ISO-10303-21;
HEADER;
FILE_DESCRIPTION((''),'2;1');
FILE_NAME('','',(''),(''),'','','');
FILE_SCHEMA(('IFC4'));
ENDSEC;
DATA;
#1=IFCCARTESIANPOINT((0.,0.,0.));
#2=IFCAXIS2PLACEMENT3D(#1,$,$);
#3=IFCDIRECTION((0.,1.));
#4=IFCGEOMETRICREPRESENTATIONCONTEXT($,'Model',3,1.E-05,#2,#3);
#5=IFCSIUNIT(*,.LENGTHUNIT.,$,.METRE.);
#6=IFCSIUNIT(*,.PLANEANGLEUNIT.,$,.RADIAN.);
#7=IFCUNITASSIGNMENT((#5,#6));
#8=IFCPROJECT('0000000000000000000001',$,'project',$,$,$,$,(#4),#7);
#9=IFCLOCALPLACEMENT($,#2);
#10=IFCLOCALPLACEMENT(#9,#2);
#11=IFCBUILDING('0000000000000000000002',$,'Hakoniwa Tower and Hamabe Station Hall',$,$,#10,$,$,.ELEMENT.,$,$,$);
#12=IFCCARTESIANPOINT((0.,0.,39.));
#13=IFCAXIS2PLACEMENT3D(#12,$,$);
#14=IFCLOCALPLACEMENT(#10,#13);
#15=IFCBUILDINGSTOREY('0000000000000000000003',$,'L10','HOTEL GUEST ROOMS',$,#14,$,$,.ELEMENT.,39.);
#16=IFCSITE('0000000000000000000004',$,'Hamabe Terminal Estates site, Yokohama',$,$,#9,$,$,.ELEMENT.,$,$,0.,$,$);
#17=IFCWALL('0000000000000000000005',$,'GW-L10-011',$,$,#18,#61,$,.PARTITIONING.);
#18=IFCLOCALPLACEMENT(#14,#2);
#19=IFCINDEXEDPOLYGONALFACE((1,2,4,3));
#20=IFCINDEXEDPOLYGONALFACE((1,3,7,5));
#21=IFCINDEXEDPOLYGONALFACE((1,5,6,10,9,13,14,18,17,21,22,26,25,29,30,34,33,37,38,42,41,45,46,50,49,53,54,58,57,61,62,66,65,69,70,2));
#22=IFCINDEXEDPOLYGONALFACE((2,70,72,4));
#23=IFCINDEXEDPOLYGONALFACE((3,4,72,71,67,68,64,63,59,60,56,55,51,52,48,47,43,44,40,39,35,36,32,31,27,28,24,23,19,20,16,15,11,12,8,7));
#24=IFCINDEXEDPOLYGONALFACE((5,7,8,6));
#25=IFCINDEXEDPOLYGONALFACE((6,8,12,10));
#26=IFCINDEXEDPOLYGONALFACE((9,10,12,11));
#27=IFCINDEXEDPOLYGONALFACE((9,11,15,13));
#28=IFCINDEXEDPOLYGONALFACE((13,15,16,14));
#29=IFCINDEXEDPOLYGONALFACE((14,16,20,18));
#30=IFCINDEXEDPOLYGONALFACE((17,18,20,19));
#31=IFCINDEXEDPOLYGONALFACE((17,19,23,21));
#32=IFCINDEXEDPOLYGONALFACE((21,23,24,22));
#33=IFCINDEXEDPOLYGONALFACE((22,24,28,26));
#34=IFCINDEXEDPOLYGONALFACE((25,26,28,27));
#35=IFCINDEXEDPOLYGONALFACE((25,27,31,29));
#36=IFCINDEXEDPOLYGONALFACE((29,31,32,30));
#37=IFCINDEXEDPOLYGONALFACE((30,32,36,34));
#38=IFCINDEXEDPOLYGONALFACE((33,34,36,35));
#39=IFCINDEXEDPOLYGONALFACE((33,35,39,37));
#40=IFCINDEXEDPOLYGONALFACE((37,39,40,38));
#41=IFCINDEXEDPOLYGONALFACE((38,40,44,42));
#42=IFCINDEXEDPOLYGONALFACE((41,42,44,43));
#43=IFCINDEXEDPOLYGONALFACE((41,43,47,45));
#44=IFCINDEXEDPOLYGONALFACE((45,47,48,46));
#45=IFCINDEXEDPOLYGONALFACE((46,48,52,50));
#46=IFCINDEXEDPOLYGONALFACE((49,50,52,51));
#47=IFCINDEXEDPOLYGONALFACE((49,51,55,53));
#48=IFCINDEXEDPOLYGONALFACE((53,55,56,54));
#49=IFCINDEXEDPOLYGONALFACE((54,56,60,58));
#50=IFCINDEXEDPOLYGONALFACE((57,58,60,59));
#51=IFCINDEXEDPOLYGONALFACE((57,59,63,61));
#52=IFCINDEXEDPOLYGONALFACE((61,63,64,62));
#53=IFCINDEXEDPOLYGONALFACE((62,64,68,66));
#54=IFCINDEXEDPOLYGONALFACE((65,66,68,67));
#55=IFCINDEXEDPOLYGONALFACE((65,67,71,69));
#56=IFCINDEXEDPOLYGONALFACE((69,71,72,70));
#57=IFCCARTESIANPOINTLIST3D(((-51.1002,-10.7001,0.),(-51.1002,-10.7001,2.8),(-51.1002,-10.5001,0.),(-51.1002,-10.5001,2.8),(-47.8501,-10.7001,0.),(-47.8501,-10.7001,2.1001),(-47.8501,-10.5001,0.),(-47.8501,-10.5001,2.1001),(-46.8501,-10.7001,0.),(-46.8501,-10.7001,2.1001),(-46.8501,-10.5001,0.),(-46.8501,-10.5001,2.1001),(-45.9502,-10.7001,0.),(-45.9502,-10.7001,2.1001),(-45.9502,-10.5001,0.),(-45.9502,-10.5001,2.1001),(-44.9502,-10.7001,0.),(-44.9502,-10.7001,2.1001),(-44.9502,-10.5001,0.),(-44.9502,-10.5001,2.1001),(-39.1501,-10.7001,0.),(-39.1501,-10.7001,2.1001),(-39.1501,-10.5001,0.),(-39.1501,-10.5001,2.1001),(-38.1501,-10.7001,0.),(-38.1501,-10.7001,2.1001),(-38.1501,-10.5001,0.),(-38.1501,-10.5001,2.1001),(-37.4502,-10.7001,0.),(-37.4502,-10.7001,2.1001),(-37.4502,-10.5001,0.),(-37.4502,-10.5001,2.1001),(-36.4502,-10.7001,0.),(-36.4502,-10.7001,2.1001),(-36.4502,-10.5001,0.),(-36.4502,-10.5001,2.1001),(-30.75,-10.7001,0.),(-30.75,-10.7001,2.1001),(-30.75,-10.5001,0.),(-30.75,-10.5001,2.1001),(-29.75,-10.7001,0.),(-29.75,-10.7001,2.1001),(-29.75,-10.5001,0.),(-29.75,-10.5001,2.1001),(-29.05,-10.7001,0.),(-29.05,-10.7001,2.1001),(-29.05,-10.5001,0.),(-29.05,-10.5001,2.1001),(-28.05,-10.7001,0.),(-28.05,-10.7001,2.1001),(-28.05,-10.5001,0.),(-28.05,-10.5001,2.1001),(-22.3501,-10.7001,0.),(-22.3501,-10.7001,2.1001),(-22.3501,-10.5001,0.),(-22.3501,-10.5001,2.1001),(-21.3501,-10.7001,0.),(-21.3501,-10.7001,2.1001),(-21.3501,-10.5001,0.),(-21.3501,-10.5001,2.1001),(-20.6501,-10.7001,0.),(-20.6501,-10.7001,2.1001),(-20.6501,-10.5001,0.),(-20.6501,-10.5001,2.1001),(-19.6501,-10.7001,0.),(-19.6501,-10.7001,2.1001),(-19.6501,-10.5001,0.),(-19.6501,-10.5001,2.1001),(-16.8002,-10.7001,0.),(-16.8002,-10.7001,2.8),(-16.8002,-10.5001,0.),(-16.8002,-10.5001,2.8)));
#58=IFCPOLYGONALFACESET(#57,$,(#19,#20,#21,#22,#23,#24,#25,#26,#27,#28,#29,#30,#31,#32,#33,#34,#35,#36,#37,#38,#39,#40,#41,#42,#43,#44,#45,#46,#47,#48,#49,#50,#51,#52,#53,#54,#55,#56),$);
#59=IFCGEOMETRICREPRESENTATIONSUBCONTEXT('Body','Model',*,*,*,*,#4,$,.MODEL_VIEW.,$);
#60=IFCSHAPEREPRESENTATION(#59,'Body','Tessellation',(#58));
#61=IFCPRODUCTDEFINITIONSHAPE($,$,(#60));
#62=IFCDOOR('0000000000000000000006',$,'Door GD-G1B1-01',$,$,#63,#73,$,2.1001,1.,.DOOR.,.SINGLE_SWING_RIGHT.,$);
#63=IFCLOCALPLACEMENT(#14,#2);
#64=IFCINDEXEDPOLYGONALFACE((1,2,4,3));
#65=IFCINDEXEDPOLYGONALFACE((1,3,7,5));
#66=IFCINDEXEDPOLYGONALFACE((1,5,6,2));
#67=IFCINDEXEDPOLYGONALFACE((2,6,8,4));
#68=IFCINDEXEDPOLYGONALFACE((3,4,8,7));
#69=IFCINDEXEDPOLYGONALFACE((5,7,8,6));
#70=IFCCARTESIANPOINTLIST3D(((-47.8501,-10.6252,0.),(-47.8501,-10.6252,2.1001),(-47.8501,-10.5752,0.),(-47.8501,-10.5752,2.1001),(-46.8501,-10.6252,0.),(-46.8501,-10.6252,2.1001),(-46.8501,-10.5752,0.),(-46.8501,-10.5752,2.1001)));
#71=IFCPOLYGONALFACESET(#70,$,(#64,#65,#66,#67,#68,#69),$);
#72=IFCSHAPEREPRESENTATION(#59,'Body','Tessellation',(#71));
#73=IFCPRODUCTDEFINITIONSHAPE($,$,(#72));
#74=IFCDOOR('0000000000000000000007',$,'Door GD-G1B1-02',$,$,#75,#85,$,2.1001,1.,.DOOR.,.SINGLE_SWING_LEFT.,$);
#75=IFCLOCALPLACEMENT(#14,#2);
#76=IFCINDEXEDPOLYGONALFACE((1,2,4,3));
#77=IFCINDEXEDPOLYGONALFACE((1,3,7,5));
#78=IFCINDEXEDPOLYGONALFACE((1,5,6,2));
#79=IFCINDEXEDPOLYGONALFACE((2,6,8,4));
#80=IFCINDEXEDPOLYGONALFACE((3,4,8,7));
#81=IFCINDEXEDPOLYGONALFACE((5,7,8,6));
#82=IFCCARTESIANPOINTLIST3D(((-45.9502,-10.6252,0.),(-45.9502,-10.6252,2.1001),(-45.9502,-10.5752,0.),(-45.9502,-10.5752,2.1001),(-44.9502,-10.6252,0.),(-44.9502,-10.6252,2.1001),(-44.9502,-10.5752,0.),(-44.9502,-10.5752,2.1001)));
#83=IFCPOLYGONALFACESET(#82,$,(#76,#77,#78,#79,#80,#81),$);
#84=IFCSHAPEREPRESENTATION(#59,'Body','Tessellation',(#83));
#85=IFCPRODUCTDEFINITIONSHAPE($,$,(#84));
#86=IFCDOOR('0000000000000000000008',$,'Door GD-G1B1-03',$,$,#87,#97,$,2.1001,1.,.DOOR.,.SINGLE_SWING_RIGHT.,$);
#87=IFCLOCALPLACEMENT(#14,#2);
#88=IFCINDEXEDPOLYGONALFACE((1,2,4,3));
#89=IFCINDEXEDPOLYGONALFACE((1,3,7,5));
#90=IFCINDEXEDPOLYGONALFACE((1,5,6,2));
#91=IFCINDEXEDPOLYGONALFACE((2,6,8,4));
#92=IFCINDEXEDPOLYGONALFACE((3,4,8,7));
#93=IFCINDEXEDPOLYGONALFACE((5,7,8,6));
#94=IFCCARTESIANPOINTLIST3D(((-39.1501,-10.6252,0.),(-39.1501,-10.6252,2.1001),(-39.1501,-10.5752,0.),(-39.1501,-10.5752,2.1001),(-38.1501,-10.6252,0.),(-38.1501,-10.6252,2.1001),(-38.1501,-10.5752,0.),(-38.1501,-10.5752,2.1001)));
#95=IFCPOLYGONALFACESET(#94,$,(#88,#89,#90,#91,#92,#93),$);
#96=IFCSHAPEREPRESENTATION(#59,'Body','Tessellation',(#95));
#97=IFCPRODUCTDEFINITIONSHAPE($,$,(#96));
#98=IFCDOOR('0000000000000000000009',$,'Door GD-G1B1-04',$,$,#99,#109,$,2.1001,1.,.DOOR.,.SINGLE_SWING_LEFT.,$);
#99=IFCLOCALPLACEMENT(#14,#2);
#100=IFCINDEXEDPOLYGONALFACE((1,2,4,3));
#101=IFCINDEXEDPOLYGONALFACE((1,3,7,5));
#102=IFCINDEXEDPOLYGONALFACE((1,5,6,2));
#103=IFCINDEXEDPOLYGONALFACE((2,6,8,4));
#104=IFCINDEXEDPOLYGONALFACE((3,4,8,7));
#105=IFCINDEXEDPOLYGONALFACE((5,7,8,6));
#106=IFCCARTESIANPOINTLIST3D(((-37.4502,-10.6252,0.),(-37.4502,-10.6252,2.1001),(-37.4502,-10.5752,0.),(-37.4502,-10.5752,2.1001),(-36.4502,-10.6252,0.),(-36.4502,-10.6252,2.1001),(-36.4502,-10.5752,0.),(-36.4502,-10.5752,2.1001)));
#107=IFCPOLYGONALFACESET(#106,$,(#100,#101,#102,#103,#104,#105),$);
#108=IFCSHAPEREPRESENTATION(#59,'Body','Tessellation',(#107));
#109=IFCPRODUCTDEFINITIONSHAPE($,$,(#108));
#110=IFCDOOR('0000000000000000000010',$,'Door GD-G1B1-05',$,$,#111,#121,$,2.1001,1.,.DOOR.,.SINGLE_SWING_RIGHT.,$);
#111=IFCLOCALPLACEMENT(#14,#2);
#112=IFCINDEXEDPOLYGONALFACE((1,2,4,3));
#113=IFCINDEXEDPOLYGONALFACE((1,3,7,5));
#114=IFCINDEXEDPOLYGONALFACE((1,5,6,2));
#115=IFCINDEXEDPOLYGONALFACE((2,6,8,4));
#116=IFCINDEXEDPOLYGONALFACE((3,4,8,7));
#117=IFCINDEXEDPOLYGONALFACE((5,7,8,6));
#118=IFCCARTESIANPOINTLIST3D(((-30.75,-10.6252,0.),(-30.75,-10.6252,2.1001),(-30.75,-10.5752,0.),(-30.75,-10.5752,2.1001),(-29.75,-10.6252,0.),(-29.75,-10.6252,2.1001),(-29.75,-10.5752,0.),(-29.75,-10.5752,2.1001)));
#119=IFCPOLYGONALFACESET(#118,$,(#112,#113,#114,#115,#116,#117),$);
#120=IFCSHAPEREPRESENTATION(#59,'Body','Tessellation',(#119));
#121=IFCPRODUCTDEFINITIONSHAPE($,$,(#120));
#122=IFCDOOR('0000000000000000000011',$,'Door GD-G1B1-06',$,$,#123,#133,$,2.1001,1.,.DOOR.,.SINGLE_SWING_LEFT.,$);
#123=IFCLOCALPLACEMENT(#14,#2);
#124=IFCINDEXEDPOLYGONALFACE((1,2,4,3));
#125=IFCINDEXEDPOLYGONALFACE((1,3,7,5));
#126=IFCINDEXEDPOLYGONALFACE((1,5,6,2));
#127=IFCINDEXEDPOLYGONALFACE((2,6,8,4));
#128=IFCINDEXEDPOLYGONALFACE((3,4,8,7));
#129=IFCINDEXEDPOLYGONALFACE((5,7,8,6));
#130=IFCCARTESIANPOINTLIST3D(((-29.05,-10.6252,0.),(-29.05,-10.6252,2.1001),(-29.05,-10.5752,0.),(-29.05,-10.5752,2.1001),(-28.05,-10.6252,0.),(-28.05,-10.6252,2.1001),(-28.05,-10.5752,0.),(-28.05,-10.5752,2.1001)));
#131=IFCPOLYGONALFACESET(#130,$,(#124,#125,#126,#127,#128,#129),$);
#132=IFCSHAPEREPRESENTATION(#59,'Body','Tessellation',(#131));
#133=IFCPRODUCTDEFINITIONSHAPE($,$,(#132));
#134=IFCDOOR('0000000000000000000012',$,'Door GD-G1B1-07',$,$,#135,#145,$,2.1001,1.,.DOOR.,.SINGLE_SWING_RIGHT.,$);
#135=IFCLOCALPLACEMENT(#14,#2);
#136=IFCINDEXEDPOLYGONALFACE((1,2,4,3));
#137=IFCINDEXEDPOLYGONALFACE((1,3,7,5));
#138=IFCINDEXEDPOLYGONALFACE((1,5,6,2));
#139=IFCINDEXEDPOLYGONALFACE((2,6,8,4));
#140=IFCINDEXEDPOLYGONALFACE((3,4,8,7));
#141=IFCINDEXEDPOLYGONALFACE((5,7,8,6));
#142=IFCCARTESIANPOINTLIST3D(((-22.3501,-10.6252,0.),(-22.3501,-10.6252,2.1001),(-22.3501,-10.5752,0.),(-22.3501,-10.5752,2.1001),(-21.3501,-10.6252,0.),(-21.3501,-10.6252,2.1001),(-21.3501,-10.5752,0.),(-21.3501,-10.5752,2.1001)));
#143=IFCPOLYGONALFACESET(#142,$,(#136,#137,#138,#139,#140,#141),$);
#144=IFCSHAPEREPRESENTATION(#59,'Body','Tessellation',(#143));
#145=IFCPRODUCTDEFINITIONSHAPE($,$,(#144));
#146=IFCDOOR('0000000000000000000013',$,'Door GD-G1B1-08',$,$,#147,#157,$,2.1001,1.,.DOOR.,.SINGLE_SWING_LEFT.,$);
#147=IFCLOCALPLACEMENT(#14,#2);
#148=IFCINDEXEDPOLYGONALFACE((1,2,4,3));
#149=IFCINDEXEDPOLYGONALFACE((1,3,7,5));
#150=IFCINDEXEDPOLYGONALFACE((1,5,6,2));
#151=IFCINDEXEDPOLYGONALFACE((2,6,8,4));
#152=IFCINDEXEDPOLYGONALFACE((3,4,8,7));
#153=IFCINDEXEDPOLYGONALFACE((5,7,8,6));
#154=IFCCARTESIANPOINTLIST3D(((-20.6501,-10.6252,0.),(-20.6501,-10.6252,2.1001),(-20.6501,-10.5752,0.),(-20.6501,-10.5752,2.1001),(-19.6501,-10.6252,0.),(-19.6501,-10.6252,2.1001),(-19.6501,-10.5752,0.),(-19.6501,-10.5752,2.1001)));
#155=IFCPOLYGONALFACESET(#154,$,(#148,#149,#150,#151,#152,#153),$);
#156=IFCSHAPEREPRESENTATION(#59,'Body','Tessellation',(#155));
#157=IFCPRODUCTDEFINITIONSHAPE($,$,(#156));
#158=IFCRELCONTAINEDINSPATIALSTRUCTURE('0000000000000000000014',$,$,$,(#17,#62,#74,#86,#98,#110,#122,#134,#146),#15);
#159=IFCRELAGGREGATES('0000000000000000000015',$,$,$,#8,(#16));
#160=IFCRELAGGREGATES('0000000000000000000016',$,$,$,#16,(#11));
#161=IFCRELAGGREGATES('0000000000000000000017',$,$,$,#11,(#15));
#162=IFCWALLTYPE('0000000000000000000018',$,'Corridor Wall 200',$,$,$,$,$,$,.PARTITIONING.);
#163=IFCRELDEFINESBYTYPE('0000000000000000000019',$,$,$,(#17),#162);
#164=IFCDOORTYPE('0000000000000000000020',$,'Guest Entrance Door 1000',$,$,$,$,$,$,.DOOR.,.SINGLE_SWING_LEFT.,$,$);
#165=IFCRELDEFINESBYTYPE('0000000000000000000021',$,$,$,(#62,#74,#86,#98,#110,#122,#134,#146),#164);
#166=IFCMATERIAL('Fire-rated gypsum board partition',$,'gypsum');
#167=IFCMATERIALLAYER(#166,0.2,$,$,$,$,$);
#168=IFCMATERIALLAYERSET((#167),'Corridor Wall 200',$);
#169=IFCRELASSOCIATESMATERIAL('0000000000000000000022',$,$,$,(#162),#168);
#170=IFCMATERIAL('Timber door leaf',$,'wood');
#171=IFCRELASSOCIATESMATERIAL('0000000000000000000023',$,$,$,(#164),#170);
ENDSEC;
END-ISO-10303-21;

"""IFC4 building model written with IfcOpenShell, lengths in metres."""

from ifc_helpers import new_model, si_unit, direction, frame, frame_2d, origin, place, context, subcontext, project, spatial, rectangle, extrude, material, layer, layer_set, type_object, element, fill, save


model = new_model("IFC4")

# Units and contexts
model_context = context("Model", 3, precision=1e-05, world=origin(), true_north=direction((0.0, 1.0)))
body_context = subcontext(model_context, "Body", "Model", "MODEL_VIEW")
ifc_project = project(units=[si_unit("LENGTHUNIT", "METRE"), si_unit("PLANEANGLEUNIT", "RADIAN")], contexts=[model_context])

# Site, building, storey
site_placement = place(None, origin())
site = spatial("IfcSite", under=ifc_project, at=site_placement, Name="Hamabe Terminal Estates site, Yokohama", CompositionType="ELEMENT", RefElevation=0.0)
building_placement = place(site_placement, origin())
building = spatial("IfcBuilding", under=site, at=building_placement, Name="Hakoniwa Tower and Hamabe Station Hall", CompositionType="ELEMENT")
storey_placement = place(building_placement, frame((0.0, 0.0, 39.0)))
storey = spatial("IfcBuildingStorey", under=building, at=storey_placement, Name="L10", Description="HOTEL GUEST ROOMS", CompositionType="ELEMENT", Elevation=39.0)

# Wall, openings, doors
ifc_material_1 = material(Name="Fire-rated gypsum board partition", Category="gypsum")
ifc_layer_1 = layer(ifc_material_1, 0.2)
ifc_layer_set_1 = layer_set([ifc_layer_1], Name="Corridor Wall 200")
wall_type_1 = type_object("IfcWallType", Name="Corridor Wall 200", PredefinedType="PARTITIONING", material=ifc_layer_set_1)
wall_1_placement = place(storey_placement, frame((-51.1001, -10.6001, 0.0), z_axis=(0.0, 0.0, 1.0), x_axis=(1.0, 0.0, 0.0)))
wall_1 = element("IfcWall", 1, at=wall_1_placement, inside=storey, type_object=wall_type_1, Name="GW-L10-011", PredefinedType="PARTITIONING", context=body_context, shape_type="SweptSolid", body=[
    extrude(rectangle(XDim=34.3, YDim=0.2, at=frame_2d((17.1499, 0.0))), origin(), (0.0, 0.0, 1.0), 2.8),
])
opening_1_placement = place(wall_1_placement, frame((3.25, 0.0, 0.0)))
opening_1 = element("IfcOpeningElement", 2, at=opening_1_placement, cuts=wall_1, PredefinedType="OPENING", context=body_context, shape_type="SweptSolid", body=[
    extrude(rectangle(XDim=1.0, YDim=2.1001, at=frame_2d((0.5, 1.05))), frame((0.0, 0.1099, 0.0), z_axis=(0.0, -1.0, 0.0), x_axis=(1.0, 0.0, 0.0)), (0.0, 0.0, 1.0), 0.22),
])
opening_2_placement = place(wall_1_placement, frame((5.1499, 0.0, 0.0)))
opening_2 = element("IfcOpeningElement", 3, at=opening_2_placement, cuts=wall_1, PredefinedType="OPENING", context=body_context, shape_type="SweptSolid", body=[
    extrude(rectangle(XDim=1.0, YDim=2.1001, at=frame_2d((0.5, 1.05))), frame((0.0, 0.1099, 0.0), z_axis=(0.0, -1.0, 0.0), x_axis=(1.0, 0.0, 0.0)), (0.0, 0.0, 1.0), 0.22),
])
opening_3_placement = place(wall_1_placement, frame((11.95, 0.0, 0.0)))
opening_3 = element("IfcOpeningElement", 4, at=opening_3_placement, cuts=wall_1, PredefinedType="OPENING", context=body_context, shape_type="SweptSolid", body=[
    extrude(rectangle(XDim=1.0, YDim=2.1001, at=frame_2d((0.5, 1.05))), frame((0.0, 0.1099, 0.0), z_axis=(0.0, -1.0, 0.0), x_axis=(1.0, 0.0, 0.0)), (0.0, 0.0, 1.0), 0.22),
])
opening_4_placement = place(wall_1_placement, frame((13.6499, 0.0, 0.0)))
opening_4 = element("IfcOpeningElement", 5, at=opening_4_placement, cuts=wall_1, PredefinedType="OPENING", context=body_context, shape_type="SweptSolid", body=[
    extrude(rectangle(XDim=1.0, YDim=2.1001, at=frame_2d((0.5, 1.05))), frame((0.0, 0.1099, 0.0), z_axis=(0.0, -1.0, 0.0), x_axis=(1.0, 0.0, 0.0)), (0.0, 0.0, 1.0), 0.22),
])
opening_5_placement = place(wall_1_placement, frame((20.3501, 0.0, 0.0)))
opening_5 = element("IfcOpeningElement", 6, at=opening_5_placement, cuts=wall_1, PredefinedType="OPENING", context=body_context, shape_type="SweptSolid", body=[
    extrude(rectangle(XDim=1.0, YDim=2.1001, at=frame_2d((0.5, 1.05))), frame((0.0, 0.1099, 0.0), z_axis=(0.0, -1.0, 0.0), x_axis=(1.0, 0.0, 0.0)), (0.0, 0.0, 1.0), 0.22),
])
opening_6_placement = place(wall_1_placement, frame((22.05, 0.0, 0.0)))
opening_6 = element("IfcOpeningElement", 7, at=opening_6_placement, cuts=wall_1, PredefinedType="OPENING", context=body_context, shape_type="SweptSolid", body=[
    extrude(rectangle(XDim=1.0, YDim=2.1001, at=frame_2d((0.5, 1.05))), frame((0.0, 0.1099, 0.0), z_axis=(0.0, -1.0, 0.0), x_axis=(1.0, 0.0, 0.0)), (0.0, 0.0, 1.0), 0.22),
])
opening_7_placement = place(wall_1_placement, frame((28.75, 0.0, 0.0)))
opening_7 = element("IfcOpeningElement", 8, at=opening_7_placement, cuts=wall_1, PredefinedType="OPENING", context=body_context, shape_type="SweptSolid", body=[
    extrude(rectangle(XDim=1.0, YDim=2.1001, at=frame_2d((0.5, 1.05))), frame((0.0, 0.1099, 0.0), z_axis=(0.0, -1.0, 0.0), x_axis=(1.0, 0.0, 0.0)), (0.0, 0.0, 1.0), 0.22),
])
opening_8_placement = place(wall_1_placement, frame((30.45, 0.0, 0.0)))
opening_8 = element("IfcOpeningElement", 9, at=opening_8_placement, cuts=wall_1, PredefinedType="OPENING", context=body_context, shape_type="SweptSolid", body=[
    extrude(rectangle(XDim=1.0, YDim=2.1001, at=frame_2d((0.5, 1.05))), frame((0.0, 0.1099, 0.0), z_axis=(0.0, -1.0, 0.0), x_axis=(1.0, 0.0, 0.0)), (0.0, 0.0, 1.0), 0.22),
])
ifc_material_2 = material(Name="Timber door leaf", Category="wood")
door_type_1 = type_object("IfcDoorType", Name="Guest Entrance Door 1000", OperationType="SINGLE_SWING_LEFT", PredefinedType="DOOR", material=ifc_material_2)
door_1_placement = place(opening_1_placement, origin())
door_1 = element("IfcDoor", 10, at=door_1_placement, inside=storey, type_object=door_type_1, Name="Door GD-G1B1-01", OperationType="SINGLE_SWING_RIGHT", OverallHeight=2.1001, OverallWidth=1.0, PredefinedType="DOOR", context=body_context, shape_type="SweptSolid", body=[
    extrude(rectangle(XDim=1.0, YDim=2.1001, at=frame_2d((0.5, 1.05))), frame((0.0, 0.0249, 0.0), z_axis=(0.0, -1.0, 0.0), x_axis=(1.0, 0.0, 0.0)), (0.0, 0.0, 1.0), 0.05),
])
fill(opening_1, door_1)
door_2_placement = place(opening_2_placement, origin())
door_2 = element("IfcDoor", 11, at=door_2_placement, inside=storey, type_object=door_type_1, Name="Door GD-G1B1-02", OperationType="SINGLE_SWING_LEFT", OverallHeight=2.1001, OverallWidth=1.0, PredefinedType="DOOR", context=body_context, shape_type="SweptSolid", body=[
    extrude(rectangle(XDim=1.0, YDim=2.1001, at=frame_2d((0.5, 1.05))), frame((0.0, 0.0249, 0.0), z_axis=(0.0, -1.0, 0.0), x_axis=(1.0, 0.0, 0.0)), (0.0, 0.0, 1.0), 0.05),
])
fill(opening_2, door_2)
door_3_placement = place(opening_3_placement, origin())
door_3 = element("IfcDoor", 12, at=door_3_placement, inside=storey, type_object=door_type_1, Name="Door GD-G1B1-03", OperationType="SINGLE_SWING_RIGHT", OverallHeight=2.1001, OverallWidth=1.0, PredefinedType="DOOR", context=body_context, shape_type="SweptSolid", body=[
    extrude(rectangle(XDim=1.0, YDim=2.1001, at=frame_2d((0.5, 1.05))), frame((0.0, 0.0249, 0.0), z_axis=(0.0, -1.0, 0.0), x_axis=(1.0, 0.0, 0.0)), (0.0, 0.0, 1.0), 0.05),
])
fill(opening_3, door_3)
door_4_placement = place(opening_4_placement, origin())
door_4 = element("IfcDoor", 13, at=door_4_placement, inside=storey, type_object=door_type_1, Name="Door GD-G1B1-04", OperationType="SINGLE_SWING_LEFT", OverallHeight=2.1001, OverallWidth=1.0, PredefinedType="DOOR", context=body_context, shape_type="SweptSolid", body=[
    extrude(rectangle(XDim=1.0, YDim=2.1001, at=frame_2d((0.5, 1.05))), frame((0.0, 0.0249, 0.0), z_axis=(0.0, -1.0, 0.0), x_axis=(1.0, 0.0, 0.0)), (0.0, 0.0, 1.0), 0.05),
])
fill(opening_4, door_4)
door_5_placement = place(opening_5_placement, origin())
door_5 = element("IfcDoor", 14, at=door_5_placement, inside=storey, type_object=door_type_1, Name="Door GD-G1B1-05", OperationType="SINGLE_SWING_RIGHT", OverallHeight=2.1001, OverallWidth=1.0, PredefinedType="DOOR", context=body_context, shape_type="SweptSolid", body=[
    extrude(rectangle(XDim=1.0, YDim=2.1001, at=frame_2d((0.5, 1.05))), frame((0.0, 0.0249, 0.0), z_axis=(0.0, -1.0, 0.0), x_axis=(1.0, 0.0, 0.0)), (0.0, 0.0, 1.0), 0.05),
])
fill(opening_5, door_5)
door_6_placement = place(opening_6_placement, origin())
door_6 = element("IfcDoor", 15, at=door_6_placement, inside=storey, type_object=door_type_1, Name="Door GD-G1B1-06", OperationType="SINGLE_SWING_LEFT", OverallHeight=2.1001, OverallWidth=1.0, PredefinedType="DOOR", context=body_context, shape_type="SweptSolid", body=[
    extrude(rectangle(XDim=1.0, YDim=2.1001, at=frame_2d((0.5, 1.05))), frame((0.0, 0.0249, 0.0), z_axis=(0.0, -1.0, 0.0), x_axis=(1.0, 0.0, 0.0)), (0.0, 0.0, 1.0), 0.05),
])
fill(opening_6, door_6)
door_7_placement = place(opening_7_placement, origin())
door_7 = element("IfcDoor", 16, at=door_7_placement, inside=storey, type_object=door_type_1, Name="Door GD-G1B1-07", OperationType="SINGLE_SWING_RIGHT", OverallHeight=2.1001, OverallWidth=1.0, PredefinedType="DOOR", context=body_context, shape_type="SweptSolid", body=[
    extrude(rectangle(XDim=1.0, YDim=2.1001, at=frame_2d((0.5, 1.05))), frame((0.0, 0.0249, 0.0), z_axis=(0.0, -1.0, 0.0), x_axis=(1.0, 0.0, 0.0)), (0.0, 0.0, 1.0), 0.05),
])
fill(opening_7, door_7)
door_8_placement = place(opening_8_placement, origin())
door_8 = element("IfcDoor", 17, at=door_8_placement, inside=storey, type_object=door_type_1, Name="Door GD-G1B1-08", OperationType="SINGLE_SWING_LEFT", OverallHeight=2.1001, OverallWidth=1.0, PredefinedType="DOOR", context=body_context, shape_type="SweptSolid", body=[
    extrude(rectangle(XDim=1.0, YDim=2.1001, at=frame_2d((0.5, 1.05))), frame((0.0, 0.0249, 0.0), z_axis=(0.0, -1.0, 0.0), x_axis=(1.0, 0.0, 0.0)), (0.0, 0.0, 1.0), 0.05),
])
fill(opening_8, door_8)

save(model, "model.ifc")
